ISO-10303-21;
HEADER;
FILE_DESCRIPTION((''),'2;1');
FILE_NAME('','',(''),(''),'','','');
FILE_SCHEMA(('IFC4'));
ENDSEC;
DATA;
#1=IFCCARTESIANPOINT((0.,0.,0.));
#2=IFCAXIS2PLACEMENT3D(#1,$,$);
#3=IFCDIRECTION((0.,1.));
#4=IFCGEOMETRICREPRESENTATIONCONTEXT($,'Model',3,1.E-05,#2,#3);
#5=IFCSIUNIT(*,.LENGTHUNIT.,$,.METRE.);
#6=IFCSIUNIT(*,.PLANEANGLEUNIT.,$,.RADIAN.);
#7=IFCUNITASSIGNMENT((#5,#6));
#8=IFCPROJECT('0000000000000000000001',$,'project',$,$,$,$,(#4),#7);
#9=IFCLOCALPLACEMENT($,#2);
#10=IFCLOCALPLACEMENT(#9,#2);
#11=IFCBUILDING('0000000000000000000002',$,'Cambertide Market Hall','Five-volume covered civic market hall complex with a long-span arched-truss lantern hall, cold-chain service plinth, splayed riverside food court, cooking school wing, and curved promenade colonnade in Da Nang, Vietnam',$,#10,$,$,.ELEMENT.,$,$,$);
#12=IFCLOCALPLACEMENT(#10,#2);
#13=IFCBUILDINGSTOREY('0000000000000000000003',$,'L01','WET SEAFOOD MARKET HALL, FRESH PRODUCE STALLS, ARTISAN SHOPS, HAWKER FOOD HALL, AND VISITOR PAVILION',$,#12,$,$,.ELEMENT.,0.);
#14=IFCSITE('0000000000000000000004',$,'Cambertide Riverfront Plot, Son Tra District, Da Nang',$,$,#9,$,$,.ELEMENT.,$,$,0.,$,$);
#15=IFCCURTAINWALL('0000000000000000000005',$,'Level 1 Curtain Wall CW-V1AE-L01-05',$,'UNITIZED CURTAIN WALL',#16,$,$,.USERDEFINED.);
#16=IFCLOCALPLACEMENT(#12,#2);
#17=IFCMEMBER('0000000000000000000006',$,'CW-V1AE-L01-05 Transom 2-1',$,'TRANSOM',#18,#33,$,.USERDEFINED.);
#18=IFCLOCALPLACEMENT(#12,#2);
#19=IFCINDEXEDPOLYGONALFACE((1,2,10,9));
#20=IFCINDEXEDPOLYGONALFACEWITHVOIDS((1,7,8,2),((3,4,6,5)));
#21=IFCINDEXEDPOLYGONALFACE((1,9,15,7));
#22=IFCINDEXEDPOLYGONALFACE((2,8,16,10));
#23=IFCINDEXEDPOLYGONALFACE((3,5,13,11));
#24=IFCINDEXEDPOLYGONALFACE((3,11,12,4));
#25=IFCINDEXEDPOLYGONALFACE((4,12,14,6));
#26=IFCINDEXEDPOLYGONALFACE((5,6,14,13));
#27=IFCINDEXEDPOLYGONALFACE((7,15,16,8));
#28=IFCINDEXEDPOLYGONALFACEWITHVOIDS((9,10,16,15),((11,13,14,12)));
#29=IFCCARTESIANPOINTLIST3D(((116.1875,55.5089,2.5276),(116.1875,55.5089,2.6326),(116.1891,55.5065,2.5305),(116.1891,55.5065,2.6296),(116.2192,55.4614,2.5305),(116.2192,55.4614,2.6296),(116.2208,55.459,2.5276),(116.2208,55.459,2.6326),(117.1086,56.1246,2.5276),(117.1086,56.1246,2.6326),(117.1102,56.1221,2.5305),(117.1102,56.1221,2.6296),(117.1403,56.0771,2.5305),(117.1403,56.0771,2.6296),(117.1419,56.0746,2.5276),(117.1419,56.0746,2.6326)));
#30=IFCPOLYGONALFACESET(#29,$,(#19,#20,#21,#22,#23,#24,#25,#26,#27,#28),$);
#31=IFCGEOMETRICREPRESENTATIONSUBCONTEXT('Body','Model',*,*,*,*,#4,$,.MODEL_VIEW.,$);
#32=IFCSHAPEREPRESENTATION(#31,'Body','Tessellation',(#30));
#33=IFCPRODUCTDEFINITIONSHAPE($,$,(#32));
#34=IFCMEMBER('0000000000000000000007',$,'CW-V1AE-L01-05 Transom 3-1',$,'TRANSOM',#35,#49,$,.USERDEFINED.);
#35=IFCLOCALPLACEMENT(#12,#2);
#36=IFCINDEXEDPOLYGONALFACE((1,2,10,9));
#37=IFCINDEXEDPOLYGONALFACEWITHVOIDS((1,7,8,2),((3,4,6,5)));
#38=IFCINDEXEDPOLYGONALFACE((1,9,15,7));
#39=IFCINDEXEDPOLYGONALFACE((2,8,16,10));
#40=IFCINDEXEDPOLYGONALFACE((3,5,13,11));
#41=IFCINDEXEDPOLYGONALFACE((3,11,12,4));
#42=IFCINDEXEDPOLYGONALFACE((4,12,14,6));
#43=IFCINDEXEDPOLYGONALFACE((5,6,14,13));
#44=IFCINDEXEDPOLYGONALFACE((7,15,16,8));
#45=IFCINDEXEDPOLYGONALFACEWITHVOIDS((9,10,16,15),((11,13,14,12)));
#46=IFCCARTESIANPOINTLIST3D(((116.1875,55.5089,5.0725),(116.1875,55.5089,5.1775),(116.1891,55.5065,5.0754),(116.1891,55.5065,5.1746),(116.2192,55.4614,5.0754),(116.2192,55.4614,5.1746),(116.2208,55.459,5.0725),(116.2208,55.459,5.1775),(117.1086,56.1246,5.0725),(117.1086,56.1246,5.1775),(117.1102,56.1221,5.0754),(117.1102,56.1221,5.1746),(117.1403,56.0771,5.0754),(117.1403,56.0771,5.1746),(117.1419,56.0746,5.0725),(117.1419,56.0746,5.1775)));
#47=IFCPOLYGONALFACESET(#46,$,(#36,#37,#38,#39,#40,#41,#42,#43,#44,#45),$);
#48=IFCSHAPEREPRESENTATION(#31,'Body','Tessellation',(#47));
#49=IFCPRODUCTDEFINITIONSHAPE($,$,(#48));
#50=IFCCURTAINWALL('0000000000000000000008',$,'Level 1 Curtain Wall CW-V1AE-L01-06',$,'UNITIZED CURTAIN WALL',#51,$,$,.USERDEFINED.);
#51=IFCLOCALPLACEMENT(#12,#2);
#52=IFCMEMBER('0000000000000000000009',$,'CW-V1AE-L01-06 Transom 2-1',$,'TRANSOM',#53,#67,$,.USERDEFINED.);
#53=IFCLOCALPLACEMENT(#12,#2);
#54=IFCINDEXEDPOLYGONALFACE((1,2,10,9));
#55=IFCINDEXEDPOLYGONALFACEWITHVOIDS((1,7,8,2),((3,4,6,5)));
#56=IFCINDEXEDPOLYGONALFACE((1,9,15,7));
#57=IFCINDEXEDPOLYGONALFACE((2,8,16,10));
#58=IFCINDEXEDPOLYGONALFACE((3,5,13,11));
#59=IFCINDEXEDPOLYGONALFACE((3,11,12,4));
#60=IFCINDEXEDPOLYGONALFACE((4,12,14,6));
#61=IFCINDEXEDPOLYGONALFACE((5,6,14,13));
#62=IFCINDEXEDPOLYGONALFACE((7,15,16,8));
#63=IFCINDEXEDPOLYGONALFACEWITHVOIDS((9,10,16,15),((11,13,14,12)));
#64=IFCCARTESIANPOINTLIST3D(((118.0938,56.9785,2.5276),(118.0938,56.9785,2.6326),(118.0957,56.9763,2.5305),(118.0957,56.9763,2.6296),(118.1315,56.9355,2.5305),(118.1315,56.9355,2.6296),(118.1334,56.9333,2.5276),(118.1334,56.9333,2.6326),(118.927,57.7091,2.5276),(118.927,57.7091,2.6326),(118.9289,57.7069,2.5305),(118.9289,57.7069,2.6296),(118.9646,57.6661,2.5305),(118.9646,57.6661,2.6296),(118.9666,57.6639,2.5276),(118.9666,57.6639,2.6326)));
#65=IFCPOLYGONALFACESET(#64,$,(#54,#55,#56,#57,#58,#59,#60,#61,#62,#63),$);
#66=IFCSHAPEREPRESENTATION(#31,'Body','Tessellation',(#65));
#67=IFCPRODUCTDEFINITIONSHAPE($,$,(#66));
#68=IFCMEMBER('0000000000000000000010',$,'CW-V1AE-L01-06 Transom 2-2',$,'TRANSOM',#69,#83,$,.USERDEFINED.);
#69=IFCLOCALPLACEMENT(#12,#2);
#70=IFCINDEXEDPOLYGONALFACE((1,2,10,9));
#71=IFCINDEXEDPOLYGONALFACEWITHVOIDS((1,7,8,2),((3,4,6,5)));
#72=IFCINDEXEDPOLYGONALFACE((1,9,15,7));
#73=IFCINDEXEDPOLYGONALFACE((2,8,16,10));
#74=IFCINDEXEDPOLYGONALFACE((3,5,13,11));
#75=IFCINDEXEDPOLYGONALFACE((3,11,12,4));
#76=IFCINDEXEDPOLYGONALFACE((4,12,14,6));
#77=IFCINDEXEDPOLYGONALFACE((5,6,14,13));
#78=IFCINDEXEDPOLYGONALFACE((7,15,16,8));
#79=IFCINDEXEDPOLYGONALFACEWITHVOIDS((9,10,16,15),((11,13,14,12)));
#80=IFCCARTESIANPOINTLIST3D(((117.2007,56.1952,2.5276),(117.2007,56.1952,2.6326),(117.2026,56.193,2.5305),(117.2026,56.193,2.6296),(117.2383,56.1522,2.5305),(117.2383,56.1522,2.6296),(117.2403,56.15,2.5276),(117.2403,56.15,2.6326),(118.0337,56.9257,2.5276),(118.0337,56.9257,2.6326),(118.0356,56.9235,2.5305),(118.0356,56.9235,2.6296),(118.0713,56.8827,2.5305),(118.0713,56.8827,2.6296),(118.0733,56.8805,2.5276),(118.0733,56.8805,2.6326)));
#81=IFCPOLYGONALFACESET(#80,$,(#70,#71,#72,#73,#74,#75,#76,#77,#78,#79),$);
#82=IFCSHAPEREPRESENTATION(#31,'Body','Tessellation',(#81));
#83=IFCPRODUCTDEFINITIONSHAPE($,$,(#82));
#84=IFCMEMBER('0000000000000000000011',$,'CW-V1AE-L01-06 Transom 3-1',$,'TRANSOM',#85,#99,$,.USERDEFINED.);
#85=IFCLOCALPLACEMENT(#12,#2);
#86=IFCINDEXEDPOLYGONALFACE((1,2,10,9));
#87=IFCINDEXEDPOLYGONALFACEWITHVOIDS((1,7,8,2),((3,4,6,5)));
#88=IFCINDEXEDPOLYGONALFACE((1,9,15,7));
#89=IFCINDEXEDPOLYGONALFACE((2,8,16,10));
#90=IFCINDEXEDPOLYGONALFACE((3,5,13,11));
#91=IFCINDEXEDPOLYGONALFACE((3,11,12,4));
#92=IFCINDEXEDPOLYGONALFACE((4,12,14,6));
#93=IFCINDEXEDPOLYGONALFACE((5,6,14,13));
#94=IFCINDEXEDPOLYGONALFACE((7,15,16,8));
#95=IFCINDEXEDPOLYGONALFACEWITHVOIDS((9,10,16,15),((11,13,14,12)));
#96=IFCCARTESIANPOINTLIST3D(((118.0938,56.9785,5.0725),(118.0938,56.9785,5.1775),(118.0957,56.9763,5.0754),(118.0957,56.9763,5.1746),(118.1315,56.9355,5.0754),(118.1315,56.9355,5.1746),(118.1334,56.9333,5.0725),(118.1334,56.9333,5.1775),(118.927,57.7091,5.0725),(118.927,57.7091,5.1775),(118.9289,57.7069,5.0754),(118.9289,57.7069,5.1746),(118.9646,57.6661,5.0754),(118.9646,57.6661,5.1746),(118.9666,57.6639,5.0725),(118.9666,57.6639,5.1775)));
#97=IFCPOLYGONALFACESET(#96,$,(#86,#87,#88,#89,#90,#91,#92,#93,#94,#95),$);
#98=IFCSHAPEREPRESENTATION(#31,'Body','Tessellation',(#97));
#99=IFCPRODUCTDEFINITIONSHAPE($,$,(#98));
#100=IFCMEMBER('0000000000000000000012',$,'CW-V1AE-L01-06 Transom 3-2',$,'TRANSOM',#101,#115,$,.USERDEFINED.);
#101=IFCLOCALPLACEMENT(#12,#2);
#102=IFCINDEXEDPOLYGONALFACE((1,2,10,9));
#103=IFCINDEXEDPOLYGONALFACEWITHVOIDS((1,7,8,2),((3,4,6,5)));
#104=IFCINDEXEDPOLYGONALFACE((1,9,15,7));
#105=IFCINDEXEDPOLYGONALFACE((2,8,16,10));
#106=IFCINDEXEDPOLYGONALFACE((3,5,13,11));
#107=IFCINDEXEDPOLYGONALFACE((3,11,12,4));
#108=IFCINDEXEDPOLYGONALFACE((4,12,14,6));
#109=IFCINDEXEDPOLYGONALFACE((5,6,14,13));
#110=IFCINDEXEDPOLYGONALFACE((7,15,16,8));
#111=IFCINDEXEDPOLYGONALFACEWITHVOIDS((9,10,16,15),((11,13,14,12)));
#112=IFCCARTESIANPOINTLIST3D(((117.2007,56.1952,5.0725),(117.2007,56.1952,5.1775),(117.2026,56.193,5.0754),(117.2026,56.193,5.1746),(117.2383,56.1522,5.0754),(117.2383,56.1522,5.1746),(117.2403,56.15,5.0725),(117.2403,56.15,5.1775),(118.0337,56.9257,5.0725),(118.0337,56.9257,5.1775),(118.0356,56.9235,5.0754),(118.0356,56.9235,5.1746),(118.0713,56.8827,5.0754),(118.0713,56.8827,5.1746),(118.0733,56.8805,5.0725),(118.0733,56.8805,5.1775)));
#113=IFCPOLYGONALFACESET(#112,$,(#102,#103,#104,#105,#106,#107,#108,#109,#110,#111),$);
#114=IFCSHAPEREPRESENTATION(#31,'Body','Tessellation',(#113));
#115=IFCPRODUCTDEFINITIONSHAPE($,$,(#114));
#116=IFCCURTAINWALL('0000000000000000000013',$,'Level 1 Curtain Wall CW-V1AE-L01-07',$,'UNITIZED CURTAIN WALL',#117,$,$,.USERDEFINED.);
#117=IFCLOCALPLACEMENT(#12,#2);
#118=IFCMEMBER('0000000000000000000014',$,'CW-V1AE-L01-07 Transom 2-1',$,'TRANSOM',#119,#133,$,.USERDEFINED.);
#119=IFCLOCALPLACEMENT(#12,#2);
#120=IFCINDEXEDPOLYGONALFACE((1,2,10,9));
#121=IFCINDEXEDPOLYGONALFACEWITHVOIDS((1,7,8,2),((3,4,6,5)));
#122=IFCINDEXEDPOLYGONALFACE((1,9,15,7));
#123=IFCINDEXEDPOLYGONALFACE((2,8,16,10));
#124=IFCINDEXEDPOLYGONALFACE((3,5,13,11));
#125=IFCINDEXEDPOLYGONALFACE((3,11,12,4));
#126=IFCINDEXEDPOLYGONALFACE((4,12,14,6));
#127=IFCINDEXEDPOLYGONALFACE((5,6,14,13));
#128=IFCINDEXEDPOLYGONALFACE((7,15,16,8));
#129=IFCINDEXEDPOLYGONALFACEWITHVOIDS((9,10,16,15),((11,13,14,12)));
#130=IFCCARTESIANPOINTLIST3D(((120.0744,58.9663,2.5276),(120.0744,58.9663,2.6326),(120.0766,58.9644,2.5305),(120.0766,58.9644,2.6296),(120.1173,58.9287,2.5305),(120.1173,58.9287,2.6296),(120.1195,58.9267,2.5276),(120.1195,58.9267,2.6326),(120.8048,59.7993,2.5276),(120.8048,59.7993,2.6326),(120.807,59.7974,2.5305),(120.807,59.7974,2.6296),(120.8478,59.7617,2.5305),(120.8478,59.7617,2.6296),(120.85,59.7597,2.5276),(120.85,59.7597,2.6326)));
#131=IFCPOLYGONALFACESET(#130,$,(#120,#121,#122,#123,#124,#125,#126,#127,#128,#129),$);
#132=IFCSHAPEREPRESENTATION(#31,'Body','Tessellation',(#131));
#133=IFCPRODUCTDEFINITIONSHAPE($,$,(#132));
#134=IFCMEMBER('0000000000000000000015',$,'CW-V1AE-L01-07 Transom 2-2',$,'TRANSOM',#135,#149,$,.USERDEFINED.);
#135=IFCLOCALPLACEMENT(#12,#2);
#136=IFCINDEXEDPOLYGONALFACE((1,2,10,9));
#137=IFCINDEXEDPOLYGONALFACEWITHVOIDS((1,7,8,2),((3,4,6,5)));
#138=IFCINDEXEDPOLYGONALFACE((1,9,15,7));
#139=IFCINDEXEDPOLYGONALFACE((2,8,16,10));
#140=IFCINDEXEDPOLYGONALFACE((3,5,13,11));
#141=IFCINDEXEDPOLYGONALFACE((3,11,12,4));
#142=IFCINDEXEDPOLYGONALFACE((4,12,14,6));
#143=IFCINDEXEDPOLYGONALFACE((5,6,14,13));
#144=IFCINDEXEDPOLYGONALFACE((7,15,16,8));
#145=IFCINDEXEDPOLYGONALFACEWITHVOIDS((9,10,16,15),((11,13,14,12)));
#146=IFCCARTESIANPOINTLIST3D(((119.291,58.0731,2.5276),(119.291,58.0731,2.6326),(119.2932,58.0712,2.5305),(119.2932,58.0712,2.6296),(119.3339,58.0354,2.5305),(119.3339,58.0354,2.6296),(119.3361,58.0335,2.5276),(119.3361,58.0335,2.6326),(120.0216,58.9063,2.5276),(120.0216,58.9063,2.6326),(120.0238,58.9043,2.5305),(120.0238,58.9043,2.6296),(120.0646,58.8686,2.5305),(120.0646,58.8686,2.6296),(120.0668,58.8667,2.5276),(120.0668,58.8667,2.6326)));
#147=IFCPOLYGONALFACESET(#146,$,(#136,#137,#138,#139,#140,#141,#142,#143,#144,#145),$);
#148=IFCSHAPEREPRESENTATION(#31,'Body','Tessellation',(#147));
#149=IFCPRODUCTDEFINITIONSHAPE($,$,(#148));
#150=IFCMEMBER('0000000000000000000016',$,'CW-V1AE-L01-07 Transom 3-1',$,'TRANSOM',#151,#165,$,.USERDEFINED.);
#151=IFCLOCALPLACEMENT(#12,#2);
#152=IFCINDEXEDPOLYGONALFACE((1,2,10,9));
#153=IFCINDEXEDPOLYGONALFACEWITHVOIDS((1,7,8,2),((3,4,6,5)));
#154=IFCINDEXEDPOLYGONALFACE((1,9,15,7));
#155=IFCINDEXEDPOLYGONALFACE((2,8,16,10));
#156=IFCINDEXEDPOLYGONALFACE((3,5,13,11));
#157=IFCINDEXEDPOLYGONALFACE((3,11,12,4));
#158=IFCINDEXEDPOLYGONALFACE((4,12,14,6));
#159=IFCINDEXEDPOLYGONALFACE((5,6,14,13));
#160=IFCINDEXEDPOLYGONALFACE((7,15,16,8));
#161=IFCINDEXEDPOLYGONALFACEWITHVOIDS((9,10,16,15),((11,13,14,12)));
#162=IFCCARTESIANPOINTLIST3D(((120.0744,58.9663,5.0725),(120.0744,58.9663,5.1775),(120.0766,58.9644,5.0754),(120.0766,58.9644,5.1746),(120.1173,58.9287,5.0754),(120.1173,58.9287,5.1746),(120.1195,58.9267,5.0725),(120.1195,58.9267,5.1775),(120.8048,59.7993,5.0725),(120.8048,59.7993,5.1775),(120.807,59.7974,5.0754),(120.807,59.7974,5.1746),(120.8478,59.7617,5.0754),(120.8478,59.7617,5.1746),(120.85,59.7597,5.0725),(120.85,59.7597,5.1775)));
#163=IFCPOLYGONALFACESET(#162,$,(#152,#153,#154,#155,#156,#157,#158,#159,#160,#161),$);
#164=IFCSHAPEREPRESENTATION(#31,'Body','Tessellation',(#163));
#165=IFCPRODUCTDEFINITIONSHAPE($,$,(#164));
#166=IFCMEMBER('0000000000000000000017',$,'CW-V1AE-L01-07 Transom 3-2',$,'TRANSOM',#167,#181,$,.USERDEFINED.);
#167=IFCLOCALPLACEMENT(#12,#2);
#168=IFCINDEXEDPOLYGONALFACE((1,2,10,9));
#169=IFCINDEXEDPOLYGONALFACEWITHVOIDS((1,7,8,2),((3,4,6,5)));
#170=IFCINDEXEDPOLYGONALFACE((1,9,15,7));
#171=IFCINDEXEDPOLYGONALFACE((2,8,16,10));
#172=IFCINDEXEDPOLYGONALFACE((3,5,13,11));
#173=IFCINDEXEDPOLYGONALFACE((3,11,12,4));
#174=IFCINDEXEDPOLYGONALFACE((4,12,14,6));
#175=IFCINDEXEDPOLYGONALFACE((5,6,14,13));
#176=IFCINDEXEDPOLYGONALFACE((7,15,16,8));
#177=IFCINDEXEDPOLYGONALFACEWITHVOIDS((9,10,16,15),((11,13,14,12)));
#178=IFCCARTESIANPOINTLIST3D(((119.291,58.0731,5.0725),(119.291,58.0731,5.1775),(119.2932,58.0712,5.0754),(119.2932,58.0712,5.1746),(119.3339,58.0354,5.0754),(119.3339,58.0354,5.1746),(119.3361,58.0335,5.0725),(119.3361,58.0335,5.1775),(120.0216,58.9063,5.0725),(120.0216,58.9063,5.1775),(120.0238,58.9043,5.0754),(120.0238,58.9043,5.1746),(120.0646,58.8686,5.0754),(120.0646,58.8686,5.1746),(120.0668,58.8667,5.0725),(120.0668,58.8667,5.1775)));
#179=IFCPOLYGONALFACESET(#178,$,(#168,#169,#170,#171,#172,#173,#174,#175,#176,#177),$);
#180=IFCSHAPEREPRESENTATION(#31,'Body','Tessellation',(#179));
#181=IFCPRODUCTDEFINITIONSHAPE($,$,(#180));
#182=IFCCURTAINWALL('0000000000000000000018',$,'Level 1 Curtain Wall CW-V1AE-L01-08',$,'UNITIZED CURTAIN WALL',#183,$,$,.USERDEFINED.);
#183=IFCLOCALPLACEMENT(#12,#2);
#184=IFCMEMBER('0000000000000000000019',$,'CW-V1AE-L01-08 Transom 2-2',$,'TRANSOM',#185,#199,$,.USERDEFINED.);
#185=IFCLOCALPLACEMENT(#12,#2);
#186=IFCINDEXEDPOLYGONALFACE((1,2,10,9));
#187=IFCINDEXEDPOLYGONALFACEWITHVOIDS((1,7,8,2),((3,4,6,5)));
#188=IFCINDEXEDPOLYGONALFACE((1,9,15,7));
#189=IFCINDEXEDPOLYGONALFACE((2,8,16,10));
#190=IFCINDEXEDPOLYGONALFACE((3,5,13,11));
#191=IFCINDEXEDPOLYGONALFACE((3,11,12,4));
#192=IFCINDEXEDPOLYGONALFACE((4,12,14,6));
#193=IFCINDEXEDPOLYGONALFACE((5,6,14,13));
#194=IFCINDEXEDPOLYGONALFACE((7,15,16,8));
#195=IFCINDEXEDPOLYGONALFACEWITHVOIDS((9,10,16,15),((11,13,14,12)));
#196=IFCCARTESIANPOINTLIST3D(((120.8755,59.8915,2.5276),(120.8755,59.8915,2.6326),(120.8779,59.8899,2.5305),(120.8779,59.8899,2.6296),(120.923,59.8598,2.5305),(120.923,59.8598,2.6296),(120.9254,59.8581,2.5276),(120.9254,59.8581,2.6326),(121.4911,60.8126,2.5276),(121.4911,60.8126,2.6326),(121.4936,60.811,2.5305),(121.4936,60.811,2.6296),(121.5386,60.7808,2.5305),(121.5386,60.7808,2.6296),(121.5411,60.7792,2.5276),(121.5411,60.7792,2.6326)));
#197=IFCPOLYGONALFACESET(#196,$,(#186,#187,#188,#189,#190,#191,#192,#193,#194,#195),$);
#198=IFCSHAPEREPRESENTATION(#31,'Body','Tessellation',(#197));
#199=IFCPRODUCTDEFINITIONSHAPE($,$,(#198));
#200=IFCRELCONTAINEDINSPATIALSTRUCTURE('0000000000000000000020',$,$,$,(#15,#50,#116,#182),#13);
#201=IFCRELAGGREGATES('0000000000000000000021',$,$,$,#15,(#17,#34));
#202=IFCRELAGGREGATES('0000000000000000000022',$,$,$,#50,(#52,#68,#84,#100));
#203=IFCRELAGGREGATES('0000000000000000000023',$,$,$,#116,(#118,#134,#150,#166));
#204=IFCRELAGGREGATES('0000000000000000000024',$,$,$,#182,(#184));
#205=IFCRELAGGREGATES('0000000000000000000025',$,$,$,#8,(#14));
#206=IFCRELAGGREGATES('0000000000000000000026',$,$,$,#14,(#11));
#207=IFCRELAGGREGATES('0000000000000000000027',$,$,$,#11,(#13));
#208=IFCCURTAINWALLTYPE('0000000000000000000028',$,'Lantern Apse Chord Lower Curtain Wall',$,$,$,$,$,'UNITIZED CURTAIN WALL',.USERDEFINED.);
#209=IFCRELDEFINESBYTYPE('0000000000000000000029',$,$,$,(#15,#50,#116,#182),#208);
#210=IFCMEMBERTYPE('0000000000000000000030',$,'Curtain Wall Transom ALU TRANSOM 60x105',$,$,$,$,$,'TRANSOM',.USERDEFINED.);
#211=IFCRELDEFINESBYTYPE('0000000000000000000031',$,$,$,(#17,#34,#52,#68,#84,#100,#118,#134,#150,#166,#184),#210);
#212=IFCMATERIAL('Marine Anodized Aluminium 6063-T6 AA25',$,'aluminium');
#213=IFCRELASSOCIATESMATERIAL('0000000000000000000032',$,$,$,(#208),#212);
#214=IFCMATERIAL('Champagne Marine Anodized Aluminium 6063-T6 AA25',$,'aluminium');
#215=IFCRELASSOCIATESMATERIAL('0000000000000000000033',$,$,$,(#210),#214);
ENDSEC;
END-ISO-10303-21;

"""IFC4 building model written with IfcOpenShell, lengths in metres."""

from ifc_helpers import new_model, si_unit, direction, frame, origin, origin_2d, place, context, subcontext, project, spatial, hollow_rectangle, extrude, material, material_profile, profile_set, type_object, element, aggregate, save


model = new_model("IFC4")

# Units and contexts
model_context = context("Model", 3, precision=1e-05, world=origin(), true_north=direction((0.0, 1.0)))
body_context = subcontext(model_context, "Body", "Model", "MODEL_VIEW")
ifc_project = project(units=[si_unit("LENGTHUNIT", "METRE"), si_unit("PLANEANGLEUNIT", "RADIAN")], contexts=[model_context])

# Site, building, storey
site_placement = place(None, origin())
site = spatial("IfcSite", under=ifc_project, at=site_placement, Name="Cambertide Riverfront Plot, Son Tra District, Da Nang", CompositionType="ELEMENT", RefElevation=0.0)
building_placement = place(site_placement, origin())
building = spatial("IfcBuilding", under=site, at=building_placement, Name="Cambertide Market Hall", Description="Five-volume covered civic market hall complex with a long-span arched-truss lantern hall, cold-chain service plinth, splayed riverside food court, cooking school wing, and curved promenade colonnade in Da Nang, Vietnam", CompositionType="ELEMENT")
storey_placement = place(building_placement, origin())
storey = spatial("IfcBuildingStorey", under=building, at=storey_placement, Name="L01", Description="WET SEAFOOD MARKET HALL, FRESH PRODUCE STALLS, ARTISAN SHOPS, HAWKER FOOD HALL, AND VISITOR PAVILION", CompositionType="ELEMENT", Elevation=0.0)

# Curtain walls, members
ifc_material_1 = material(Name="Marine Anodized Aluminium 6063-T6 AA25", Category="aluminium")
curtain_wall_type = type_object("IfcCurtainWallType", Name="Lantern Apse Chord Lower Curtain Wall", ElementType="UNITIZED CURTAIN WALL", PredefinedType="USERDEFINED", material=ifc_material_1)
curtain_wall_1_placement = place(storey_placement, origin())
curtain_wall_1 = element("IfcCurtainWall", 1, at=curtain_wall_1_placement, inside=storey, type_object=curtain_wall_type, Name="Level 1 Curtain Wall CW-V1AE-L01-05", ObjectType="UNITIZED CURTAIN WALL", PredefinedType="USERDEFINED")
ifc_material_2 = material(Name="Champagne Marine Anodized Aluminium 6063-T6 AA25", Category="aluminium")
ifc_material_profile = material_profile(ifc_material_2, hollow_rectangle(XDim=0.0601, YDim=0.105, WallThickness=0.0029, at=origin_2d()), Name="ALU TRANSOM 60x105")
ifc_profile_set = profile_set([ifc_material_profile], Name="Champagne Marine Anodized Aluminium 6063-T6 AA25")
member_type = type_object("IfcMemberType", Name="Curtain Wall Transom ALU TRANSOM 60x105", ElementType="TRANSOM", PredefinedType="USERDEFINED", material=ifc_profile_set)
member_1_placement = place(storey_placement, frame((117.1252, 56.0996, 2.5801), z_axis=(-0.831372, -0.555717, 0.0), x_axis=(0.555717, -0.831372, 0.0)))
member_1 = element("IfcMember", 2, at=member_1_placement, type_object=member_type, Name="CW-V1AE-L01-05 Transom 2-1", ObjectType="TRANSOM", PredefinedType="USERDEFINED", context=body_context, shape_type="SweptSolid", body=[
    extrude(hollow_rectangle(XDim=0.0601, YDim=0.105, WallThickness=0.0029, at=origin_2d()), origin(), (0.0, 0.0, 1.0), 1.1079),
])
member_2_placement = place(storey_placement, frame((117.1252, 56.0996, 5.125), z_axis=(-0.831372, -0.555717, 0.0), x_axis=(0.555717, -0.831372, 0.0)))
member_2 = element("IfcMember", 3, at=member_2_placement, type_object=member_type, Name="CW-V1AE-L01-05 Transom 3-1", ObjectType="TRANSOM", PredefinedType="USERDEFINED", context=body_context, shape_type="SweptSolid", body=[
    extrude(hollow_rectangle(XDim=0.0601, YDim=0.105, WallThickness=0.0029, at=origin_2d()), origin(), (0.0, 0.0, 1.0), 1.1079),
])
aggregate(curtain_wall_1, [member_1, member_2])
curtain_wall_2_placement = place(storey_placement, origin())
curtain_wall_2 = element("IfcCurtainWall", 4, at=curtain_wall_2_placement, inside=storey, type_object=curtain_wall_type, Name="Level 1 Curtain Wall CW-V1AE-L01-06", ObjectType="UNITIZED CURTAIN WALL", PredefinedType="USERDEFINED")
member_3_placement = place(storey_placement, frame((118.9468, 57.6865, 2.5801), z_axis=(-0.751853, -0.659331, 0.0), x_axis=(0.659331, -0.751853, 0.0)))
member_3 = element("IfcMember", 5, at=member_3_placement, type_object=member_type, Name="CW-V1AE-L01-06 Transom 2-1", ObjectType="TRANSOM", PredefinedType="USERDEFINED", context=body_context, shape_type="SweptSolid", body=[
    extrude(hollow_rectangle(XDim=0.0601, YDim=0.105, WallThickness=0.0029, at=origin_2d()), origin(), (0.0, 0.0, 1.0), 1.1082),
])
member_4_placement = place(storey_placement, frame((118.0535, 56.9031, 2.5801), z_axis=(-0.751866, -0.659315, 0.0), x_axis=(0.659315, -0.751866, 0.0)))
member_4 = element("IfcMember", 6, at=member_4_placement, type_object=member_type, Name="CW-V1AE-L01-06 Transom 2-2", ObjectType="TRANSOM", PredefinedType="USERDEFINED", context=body_context, shape_type="SweptSolid", body=[
    extrude(hollow_rectangle(XDim=0.0601, YDim=0.105, WallThickness=0.0029, at=origin_2d()), origin(), (0.0, 0.0, 1.0), 1.1079),
])
member_5_placement = place(storey_placement, frame((118.9468, 57.6865, 5.125), z_axis=(-0.751853, -0.659331, 0.0), x_axis=(0.659331, -0.751853, 0.0)))
member_5 = element("IfcMember", 7, at=member_5_placement, type_object=member_type, Name="CW-V1AE-L01-06 Transom 3-1", ObjectType="TRANSOM", PredefinedType="USERDEFINED", context=body_context, shape_type="SweptSolid", body=[
    extrude(hollow_rectangle(XDim=0.0601, YDim=0.105, WallThickness=0.0029, at=origin_2d()), origin(), (0.0, 0.0, 1.0), 1.1082),
])
member_6_placement = place(storey_placement, frame((118.0535, 56.9031, 5.125), z_axis=(-0.751866, -0.659315, 0.0), x_axis=(0.659315, -0.751866, 0.0)))
member_6 = element("IfcMember", 8, at=member_6_placement, type_object=member_type, Name="CW-V1AE-L01-06 Transom 3-2", ObjectType="TRANSOM", PredefinedType="USERDEFINED", context=body_context, shape_type="SweptSolid", body=[
    extrude(hollow_rectangle(XDim=0.0601, YDim=0.105, WallThickness=0.0029, at=origin_2d()), origin(), (0.0, 0.0, 1.0), 1.1079),
])
curtain_wall_3_placement = place(storey_placement, origin())
curtain_wall_3 = element("IfcCurtainWall", 9, at=curtain_wall_3_placement, inside=storey, type_object=curtain_wall_type, Name="Level 1 Curtain Wall CW-V1AE-L01-07", ObjectType="UNITIZED CURTAIN WALL", PredefinedType="USERDEFINED")
member_7_placement = place(storey_placement, frame((120.8274, 59.7795, 2.5801), z_axis=(-0.659315, -0.751866, 0.0), x_axis=(0.751866, -0.659315, 0.0)))
member_7 = element("IfcMember", 10, at=member_7_placement, type_object=member_type, Name="CW-V1AE-L01-07 Transom 2-1", ObjectType="TRANSOM", PredefinedType="USERDEFINED", context=body_context, shape_type="SweptSolid", body=[
    extrude(hollow_rectangle(XDim=0.0601, YDim=0.105, WallThickness=0.0029, at=origin_2d()), origin(), (0.0, 0.0, 1.0), 1.1079),
])
member_8_placement = place(storey_placement, frame((120.0442, 58.8865, 2.5801), z_axis=(-0.659331, -0.751853, 0.0), x_axis=(0.751853, -0.659331, 0.0)))
member_8 = element("IfcMember", 11, at=member_8_placement, type_object=member_type, Name="CW-V1AE-L01-07 Transom 2-2", ObjectType="TRANSOM", PredefinedType="USERDEFINED", context=body_context, shape_type="SweptSolid", body=[
    extrude(hollow_rectangle(XDim=0.0601, YDim=0.105, WallThickness=0.0029, at=origin_2d()), origin(), (0.0, 0.0, 1.0), 1.1082),
])
member_9_placement = place(storey_placement, frame((120.8274, 59.7795, 5.125), z_axis=(-0.659315, -0.751866, 0.0), x_axis=(0.751866, -0.659315, 0.0)))
member_9 = element("IfcMember", 12, at=member_9_placement, type_object=member_type, Name="CW-V1AE-L01-07 Transom 3-1", ObjectType="TRANSOM", PredefinedType="USERDEFINED", context=body_context, shape_type="SweptSolid", body=[
    extrude(hollow_rectangle(XDim=0.0601, YDim=0.105, WallThickness=0.0029, at=origin_2d()), origin(), (0.0, 0.0, 1.0), 1.1079),
])
member_10_placement = place(storey_placement, frame((120.0442, 58.8865, 5.125), z_axis=(-0.659331, -0.751853, 0.0), x_axis=(0.751853, -0.659331, 0.0)))
member_10 = element("IfcMember", 13, at=member_10_placement, type_object=member_type, Name="CW-V1AE-L01-07 Transom 3-2", ObjectType="TRANSOM", PredefinedType="USERDEFINED", context=body_context, shape_type="SweptSolid", body=[
    extrude(hollow_rectangle(XDim=0.0601, YDim=0.105, WallThickness=0.0029, at=origin_2d()), origin(), (0.0, 0.0, 1.0), 1.1082),
])
curtain_wall_4_placement = place(storey_placement, origin())
curtain_wall_4 = element("IfcCurtainWall", 14, at=curtain_wall_4_placement, inside=storey, type_object=curtain_wall_type, Name="Level 1 Curtain Wall CW-V1AE-L01-08", ObjectType="UNITIZED CURTAIN WALL", PredefinedType="USERDEFINED")
member_11_placement = place(storey_placement, frame((121.5161, 60.7959, 2.5801), z_axis=(-0.555717, -0.831372, 0.0), x_axis=(0.831372, -0.555717, 0.0)))
member_11 = element("IfcMember", 15, at=member_11_placement, type_object=member_type, Name="CW-V1AE-L01-08 Transom 2-2", ObjectType="TRANSOM", PredefinedType="USERDEFINED", context=body_context, shape_type="SweptSolid", body=[
    extrude(hollow_rectangle(XDim=0.0601, YDim=0.105, WallThickness=0.0029, at=origin_2d()), origin(), (0.0, 0.0, 1.0), 1.1079),
])

aggregate(curtain_wall_2, [member_3, member_4, member_5, member_6])
aggregate(curtain_wall_3, [member_7, member_8, member_9, member_10])
aggregate(curtain_wall_4, [member_11])

save(model, "model.ifc")
